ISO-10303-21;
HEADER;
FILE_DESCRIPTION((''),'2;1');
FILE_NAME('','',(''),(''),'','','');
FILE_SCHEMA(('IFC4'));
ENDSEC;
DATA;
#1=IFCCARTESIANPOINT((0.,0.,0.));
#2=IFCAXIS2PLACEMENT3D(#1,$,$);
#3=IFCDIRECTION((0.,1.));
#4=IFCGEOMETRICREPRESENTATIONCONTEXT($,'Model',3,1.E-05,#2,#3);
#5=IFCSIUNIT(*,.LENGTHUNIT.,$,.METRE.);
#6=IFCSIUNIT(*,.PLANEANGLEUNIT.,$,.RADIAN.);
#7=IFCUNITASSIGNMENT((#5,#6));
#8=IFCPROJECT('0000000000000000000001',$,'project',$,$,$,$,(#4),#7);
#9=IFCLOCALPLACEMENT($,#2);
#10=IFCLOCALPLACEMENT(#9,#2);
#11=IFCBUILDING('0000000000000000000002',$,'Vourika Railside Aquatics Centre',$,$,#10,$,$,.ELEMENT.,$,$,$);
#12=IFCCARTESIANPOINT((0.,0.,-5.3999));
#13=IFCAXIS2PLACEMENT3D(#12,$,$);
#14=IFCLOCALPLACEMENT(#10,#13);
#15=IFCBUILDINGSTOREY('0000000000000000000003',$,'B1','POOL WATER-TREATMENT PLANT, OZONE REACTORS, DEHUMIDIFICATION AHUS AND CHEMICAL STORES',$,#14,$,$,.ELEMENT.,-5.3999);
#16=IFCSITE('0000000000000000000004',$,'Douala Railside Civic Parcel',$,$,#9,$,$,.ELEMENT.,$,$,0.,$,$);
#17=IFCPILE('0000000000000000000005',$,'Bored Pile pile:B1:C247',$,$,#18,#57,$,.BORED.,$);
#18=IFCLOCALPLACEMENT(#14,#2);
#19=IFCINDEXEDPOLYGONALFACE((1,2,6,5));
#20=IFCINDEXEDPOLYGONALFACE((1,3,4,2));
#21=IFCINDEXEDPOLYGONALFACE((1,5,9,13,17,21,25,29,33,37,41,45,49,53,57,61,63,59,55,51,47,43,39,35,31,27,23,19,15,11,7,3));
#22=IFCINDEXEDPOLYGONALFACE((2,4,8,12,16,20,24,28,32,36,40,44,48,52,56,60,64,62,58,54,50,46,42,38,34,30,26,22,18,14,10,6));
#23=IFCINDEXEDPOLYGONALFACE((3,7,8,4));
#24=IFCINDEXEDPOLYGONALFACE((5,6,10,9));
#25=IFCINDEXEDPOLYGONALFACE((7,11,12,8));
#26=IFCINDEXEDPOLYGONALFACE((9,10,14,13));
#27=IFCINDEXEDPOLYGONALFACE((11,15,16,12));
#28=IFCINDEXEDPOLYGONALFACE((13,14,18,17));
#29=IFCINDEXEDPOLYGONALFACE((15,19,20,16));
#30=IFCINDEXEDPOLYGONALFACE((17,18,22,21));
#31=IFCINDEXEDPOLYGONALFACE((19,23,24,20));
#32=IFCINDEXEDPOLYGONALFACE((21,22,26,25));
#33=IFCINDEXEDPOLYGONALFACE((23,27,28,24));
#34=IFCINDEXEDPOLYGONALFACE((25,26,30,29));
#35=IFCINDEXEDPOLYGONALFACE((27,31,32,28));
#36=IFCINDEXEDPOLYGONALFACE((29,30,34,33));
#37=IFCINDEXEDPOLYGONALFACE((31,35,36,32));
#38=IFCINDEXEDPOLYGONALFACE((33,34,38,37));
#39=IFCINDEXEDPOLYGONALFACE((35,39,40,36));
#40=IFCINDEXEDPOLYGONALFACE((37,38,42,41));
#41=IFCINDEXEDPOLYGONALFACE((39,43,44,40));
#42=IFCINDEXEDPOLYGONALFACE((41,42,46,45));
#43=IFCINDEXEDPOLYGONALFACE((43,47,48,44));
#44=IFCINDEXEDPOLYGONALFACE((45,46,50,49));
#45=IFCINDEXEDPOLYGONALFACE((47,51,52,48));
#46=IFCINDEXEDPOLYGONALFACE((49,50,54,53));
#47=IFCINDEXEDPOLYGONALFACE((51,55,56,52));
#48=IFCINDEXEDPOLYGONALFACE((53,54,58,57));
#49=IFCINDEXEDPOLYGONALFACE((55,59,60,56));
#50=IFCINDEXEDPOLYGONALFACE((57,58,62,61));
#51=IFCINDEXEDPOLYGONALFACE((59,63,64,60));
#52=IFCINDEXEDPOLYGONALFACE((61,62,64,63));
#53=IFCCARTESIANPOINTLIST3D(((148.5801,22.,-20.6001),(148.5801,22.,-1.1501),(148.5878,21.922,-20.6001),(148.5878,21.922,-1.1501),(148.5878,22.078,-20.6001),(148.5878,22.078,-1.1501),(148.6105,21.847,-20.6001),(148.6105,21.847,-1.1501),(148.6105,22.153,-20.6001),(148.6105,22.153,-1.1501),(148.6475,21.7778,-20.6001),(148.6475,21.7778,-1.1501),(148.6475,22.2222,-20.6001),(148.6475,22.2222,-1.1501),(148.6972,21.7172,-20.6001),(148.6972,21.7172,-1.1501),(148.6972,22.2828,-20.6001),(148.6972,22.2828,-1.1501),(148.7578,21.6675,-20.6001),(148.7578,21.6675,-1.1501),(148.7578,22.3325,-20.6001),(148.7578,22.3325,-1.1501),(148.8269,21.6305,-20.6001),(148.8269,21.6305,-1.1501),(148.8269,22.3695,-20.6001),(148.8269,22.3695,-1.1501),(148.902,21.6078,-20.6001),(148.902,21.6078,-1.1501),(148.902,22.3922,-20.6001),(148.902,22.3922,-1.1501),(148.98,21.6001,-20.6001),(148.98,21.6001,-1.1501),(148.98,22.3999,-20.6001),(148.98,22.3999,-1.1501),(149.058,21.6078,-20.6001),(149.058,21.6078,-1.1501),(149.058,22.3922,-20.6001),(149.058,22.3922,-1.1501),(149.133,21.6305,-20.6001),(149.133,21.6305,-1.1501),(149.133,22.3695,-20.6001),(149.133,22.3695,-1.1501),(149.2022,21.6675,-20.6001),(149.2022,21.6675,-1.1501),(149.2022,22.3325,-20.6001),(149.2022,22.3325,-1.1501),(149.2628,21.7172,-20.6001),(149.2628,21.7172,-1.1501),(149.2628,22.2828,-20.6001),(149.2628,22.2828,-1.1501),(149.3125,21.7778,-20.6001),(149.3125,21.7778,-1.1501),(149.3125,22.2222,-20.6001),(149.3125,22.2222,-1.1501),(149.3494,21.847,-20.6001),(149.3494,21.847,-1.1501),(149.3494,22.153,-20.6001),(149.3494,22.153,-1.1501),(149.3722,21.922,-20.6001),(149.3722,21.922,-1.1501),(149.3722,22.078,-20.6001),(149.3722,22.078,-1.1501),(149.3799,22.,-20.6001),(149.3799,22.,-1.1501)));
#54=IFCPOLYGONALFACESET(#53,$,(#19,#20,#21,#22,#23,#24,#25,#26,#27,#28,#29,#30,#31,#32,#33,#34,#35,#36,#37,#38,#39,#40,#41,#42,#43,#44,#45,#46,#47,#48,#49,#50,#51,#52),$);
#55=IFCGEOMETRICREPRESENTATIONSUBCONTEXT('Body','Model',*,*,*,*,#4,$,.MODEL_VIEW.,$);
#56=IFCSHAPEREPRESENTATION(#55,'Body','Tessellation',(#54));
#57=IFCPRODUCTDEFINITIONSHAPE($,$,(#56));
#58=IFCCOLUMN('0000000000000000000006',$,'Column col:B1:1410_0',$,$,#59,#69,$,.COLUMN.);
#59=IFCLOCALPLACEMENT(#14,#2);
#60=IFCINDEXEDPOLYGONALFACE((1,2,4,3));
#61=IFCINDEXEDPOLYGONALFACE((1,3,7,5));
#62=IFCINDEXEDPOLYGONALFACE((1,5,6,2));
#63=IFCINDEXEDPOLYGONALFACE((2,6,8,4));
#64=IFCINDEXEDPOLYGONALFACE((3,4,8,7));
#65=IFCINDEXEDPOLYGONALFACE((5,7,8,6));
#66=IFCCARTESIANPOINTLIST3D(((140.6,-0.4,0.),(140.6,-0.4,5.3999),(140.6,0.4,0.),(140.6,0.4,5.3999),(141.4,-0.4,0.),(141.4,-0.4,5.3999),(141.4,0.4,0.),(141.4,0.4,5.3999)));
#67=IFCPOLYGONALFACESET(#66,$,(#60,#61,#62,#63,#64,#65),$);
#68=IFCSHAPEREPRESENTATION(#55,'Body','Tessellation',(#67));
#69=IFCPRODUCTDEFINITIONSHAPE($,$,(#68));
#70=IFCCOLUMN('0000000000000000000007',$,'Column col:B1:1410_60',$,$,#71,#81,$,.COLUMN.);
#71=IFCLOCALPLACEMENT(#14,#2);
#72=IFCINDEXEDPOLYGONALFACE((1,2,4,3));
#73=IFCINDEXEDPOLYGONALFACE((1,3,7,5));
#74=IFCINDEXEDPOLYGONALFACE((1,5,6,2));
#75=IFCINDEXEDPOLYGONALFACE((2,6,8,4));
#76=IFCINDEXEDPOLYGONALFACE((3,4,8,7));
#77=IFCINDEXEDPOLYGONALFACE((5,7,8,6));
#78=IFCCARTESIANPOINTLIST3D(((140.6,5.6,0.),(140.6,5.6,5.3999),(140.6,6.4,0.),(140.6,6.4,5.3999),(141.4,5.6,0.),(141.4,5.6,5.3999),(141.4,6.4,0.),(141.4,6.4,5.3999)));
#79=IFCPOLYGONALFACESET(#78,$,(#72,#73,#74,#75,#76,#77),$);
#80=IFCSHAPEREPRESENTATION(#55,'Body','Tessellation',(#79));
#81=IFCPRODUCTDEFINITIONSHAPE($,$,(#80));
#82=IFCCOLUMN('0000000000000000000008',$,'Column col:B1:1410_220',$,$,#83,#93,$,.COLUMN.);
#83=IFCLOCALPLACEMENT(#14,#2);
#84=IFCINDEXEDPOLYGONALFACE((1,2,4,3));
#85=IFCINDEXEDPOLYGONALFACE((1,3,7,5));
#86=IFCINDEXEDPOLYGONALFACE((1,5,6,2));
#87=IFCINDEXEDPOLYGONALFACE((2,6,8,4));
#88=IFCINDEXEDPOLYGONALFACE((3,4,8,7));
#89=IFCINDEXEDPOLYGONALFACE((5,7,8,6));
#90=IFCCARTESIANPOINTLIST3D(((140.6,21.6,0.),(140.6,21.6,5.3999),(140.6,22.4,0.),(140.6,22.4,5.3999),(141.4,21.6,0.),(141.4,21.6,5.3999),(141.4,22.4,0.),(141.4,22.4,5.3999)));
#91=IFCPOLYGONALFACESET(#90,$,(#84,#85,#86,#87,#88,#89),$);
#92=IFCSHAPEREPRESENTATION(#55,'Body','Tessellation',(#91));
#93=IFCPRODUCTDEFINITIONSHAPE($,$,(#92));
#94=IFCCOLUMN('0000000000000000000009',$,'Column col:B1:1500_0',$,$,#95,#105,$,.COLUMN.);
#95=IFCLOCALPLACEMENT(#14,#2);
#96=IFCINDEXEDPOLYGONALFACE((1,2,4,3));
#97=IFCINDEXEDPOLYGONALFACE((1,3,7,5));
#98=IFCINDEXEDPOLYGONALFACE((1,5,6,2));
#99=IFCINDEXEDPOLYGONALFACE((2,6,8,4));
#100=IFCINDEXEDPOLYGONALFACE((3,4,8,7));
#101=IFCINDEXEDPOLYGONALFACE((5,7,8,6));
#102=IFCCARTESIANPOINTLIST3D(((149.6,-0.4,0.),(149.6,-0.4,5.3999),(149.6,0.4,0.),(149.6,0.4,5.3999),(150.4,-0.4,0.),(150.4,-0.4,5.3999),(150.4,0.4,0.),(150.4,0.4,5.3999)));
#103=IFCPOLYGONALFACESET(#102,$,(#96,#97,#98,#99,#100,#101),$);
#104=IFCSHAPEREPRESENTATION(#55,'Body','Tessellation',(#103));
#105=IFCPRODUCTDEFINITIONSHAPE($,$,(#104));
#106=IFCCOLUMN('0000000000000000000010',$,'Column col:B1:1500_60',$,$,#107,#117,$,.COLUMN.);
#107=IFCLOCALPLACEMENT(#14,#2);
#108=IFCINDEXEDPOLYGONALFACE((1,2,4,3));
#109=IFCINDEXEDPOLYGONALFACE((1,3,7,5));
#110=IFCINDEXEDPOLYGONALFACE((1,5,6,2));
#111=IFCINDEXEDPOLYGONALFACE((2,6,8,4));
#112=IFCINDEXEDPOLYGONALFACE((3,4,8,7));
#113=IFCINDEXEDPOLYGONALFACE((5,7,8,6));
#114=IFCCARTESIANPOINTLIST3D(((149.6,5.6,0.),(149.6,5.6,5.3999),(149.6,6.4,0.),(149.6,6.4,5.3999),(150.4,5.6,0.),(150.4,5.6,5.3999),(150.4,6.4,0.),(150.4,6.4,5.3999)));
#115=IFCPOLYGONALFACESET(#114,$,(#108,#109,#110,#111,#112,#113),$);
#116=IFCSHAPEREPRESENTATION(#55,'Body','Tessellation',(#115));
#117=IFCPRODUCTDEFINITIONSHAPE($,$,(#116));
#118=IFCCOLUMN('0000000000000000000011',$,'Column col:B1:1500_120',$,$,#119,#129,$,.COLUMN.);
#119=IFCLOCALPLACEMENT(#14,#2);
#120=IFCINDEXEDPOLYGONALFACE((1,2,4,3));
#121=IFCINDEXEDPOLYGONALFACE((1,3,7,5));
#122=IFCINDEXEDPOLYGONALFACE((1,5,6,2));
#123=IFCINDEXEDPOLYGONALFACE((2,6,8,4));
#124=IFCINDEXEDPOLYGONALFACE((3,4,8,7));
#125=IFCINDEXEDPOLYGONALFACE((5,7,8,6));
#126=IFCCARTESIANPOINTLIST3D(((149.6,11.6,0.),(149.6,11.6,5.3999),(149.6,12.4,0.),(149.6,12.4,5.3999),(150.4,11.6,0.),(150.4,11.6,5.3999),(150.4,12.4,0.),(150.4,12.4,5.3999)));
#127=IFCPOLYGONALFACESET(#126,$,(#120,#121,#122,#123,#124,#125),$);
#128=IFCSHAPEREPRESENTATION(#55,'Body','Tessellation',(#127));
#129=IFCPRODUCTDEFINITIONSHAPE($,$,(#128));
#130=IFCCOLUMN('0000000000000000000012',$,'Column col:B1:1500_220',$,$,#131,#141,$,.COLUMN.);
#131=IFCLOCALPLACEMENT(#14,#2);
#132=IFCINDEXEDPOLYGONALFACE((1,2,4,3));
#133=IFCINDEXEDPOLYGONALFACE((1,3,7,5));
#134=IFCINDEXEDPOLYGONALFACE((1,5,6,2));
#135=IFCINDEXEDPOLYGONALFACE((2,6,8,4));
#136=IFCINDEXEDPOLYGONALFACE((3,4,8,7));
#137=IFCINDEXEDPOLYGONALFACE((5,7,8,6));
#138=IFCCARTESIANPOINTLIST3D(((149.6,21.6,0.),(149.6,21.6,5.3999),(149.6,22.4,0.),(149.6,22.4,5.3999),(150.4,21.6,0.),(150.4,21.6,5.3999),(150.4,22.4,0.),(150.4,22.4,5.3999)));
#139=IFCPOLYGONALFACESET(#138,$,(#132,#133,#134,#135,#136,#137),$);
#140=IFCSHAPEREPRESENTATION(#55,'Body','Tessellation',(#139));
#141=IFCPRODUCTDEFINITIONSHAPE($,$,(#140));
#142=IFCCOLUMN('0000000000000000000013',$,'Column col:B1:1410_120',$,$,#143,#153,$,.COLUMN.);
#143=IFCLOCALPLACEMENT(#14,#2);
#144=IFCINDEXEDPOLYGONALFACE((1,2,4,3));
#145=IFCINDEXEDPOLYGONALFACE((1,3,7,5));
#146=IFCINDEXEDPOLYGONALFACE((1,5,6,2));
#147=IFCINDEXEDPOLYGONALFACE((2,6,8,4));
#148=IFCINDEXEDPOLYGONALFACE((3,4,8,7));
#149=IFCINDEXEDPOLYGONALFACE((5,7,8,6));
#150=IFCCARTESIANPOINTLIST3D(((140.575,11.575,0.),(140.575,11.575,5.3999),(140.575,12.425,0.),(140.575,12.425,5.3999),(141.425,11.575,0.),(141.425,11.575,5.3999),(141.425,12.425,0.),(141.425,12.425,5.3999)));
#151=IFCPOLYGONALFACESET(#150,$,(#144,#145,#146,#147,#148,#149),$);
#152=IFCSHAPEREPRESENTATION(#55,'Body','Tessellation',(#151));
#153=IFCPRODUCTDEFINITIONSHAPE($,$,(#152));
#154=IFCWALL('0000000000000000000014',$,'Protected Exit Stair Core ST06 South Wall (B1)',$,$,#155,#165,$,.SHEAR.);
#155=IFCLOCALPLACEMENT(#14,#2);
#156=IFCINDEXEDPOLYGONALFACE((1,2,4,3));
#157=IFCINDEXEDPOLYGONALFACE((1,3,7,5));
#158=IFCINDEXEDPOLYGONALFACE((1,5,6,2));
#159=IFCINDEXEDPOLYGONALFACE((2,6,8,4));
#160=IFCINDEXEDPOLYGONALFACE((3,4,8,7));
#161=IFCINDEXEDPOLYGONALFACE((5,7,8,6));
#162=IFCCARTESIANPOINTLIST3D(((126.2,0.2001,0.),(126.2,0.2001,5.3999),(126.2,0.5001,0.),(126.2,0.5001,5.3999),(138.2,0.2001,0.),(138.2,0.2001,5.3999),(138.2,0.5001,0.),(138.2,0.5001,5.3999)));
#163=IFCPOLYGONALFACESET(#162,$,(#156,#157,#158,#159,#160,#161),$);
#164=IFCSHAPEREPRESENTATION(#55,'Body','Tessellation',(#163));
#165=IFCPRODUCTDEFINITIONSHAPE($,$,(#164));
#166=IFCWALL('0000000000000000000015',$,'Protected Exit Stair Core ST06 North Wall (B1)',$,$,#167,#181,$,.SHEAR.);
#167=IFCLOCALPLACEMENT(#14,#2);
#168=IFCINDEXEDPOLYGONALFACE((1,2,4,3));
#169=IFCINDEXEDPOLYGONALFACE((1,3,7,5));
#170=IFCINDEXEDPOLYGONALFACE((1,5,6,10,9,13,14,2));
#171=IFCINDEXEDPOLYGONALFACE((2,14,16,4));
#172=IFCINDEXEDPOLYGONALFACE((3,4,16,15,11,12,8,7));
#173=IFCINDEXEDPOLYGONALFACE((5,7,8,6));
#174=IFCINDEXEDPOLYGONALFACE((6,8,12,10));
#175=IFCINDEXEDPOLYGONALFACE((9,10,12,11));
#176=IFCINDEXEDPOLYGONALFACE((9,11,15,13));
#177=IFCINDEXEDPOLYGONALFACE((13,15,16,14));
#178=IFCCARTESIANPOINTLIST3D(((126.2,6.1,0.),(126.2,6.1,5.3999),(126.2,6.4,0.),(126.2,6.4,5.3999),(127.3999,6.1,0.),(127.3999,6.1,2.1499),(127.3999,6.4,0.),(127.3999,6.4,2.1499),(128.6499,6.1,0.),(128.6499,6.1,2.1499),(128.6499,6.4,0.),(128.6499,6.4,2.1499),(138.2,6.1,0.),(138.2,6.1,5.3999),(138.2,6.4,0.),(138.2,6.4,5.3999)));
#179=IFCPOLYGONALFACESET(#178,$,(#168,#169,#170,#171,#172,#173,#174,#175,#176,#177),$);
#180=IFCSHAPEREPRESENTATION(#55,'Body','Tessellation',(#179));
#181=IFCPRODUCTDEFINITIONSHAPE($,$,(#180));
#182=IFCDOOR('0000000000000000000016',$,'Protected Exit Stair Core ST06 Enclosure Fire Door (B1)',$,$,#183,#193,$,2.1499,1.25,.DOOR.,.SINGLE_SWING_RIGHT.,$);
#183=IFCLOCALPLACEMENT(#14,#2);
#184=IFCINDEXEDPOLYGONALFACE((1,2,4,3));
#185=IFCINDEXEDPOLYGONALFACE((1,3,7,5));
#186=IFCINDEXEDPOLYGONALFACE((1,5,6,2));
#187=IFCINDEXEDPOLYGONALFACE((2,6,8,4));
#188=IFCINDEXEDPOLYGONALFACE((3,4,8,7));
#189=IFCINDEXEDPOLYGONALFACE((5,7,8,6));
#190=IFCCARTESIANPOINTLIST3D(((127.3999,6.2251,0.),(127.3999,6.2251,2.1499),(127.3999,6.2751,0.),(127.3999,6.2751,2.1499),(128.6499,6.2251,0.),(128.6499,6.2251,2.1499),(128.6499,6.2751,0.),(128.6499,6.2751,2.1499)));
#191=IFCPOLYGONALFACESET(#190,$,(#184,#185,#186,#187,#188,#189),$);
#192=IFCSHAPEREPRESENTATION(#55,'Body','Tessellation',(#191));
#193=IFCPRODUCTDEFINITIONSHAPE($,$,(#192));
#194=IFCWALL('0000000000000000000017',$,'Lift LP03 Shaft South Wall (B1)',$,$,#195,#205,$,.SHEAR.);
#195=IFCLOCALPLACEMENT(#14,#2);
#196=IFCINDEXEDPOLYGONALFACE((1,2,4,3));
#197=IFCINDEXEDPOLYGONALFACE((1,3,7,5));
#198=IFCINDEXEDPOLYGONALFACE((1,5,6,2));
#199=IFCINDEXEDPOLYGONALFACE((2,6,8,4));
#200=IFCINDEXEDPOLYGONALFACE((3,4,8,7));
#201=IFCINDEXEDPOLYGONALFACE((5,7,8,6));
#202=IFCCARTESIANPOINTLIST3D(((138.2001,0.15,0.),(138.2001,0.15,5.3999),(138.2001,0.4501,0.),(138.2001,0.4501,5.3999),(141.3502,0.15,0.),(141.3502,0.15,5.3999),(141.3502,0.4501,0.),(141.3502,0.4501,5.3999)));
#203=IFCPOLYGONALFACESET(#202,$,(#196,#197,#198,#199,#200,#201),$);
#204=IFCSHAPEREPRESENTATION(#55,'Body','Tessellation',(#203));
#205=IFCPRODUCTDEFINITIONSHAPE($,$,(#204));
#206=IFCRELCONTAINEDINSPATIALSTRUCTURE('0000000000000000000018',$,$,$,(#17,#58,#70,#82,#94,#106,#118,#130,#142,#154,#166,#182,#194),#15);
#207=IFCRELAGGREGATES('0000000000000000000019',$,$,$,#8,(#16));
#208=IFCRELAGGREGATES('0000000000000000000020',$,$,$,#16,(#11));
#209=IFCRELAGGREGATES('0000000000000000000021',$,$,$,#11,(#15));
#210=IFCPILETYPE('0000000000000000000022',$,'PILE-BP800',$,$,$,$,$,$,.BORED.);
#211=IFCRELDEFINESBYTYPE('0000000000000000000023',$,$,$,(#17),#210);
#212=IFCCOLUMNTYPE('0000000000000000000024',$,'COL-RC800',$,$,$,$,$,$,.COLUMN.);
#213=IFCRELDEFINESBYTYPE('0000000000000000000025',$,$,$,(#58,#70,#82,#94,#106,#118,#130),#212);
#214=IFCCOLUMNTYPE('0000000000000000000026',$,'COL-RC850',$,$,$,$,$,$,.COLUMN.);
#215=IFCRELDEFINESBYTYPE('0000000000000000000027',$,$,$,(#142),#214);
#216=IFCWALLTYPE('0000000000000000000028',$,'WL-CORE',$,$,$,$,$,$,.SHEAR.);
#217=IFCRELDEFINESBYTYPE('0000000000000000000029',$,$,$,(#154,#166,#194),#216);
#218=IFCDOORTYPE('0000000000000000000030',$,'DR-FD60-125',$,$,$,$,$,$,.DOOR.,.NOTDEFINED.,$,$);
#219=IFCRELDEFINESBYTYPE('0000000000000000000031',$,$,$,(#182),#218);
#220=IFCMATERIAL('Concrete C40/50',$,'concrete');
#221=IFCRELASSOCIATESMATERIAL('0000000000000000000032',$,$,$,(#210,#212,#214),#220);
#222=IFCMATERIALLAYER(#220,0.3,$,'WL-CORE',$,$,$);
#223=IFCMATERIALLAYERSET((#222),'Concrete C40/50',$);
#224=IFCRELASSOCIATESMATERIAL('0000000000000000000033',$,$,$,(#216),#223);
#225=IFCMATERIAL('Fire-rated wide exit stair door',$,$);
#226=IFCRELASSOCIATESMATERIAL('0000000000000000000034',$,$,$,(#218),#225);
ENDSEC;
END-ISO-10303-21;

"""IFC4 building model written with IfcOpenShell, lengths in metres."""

from ifc_helpers import new_model, si_unit, direction, frame, frame_2d, origin, origin_2d, place, context, subcontext, project, spatial, rectangle, circle, extrude, material, layer, layer_set, material_profile, profile_set, type_object, element, fill, save


model = new_model("IFC4")

# Units and contexts
model_context = context("Model", 3, precision=1e-05, world=origin(), true_north=direction((0.0, 1.0)))
body_context = subcontext(model_context, "Body", "Model", "MODEL_VIEW")
ifc_project = project(units=[si_unit("LENGTHUNIT", "METRE"), si_unit("PLANEANGLEUNIT", "RADIAN")], contexts=[model_context])

# Site, building, storey
site_placement = place(None, origin())
site = spatial("IfcSite", under=ifc_project, at=site_placement, Name="Douala Railside Civic Parcel", CompositionType="ELEMENT", RefElevation=0.0)
building_placement = place(site_placement, origin())
building = spatial("IfcBuilding", under=site, at=building_placement, Name="Vourika Railside Aquatics Centre", CompositionType="ELEMENT")
storey_placement = place(building_placement, frame((0.0, 0.0, -5.3999)))
storey = spatial("IfcBuildingStorey", under=building, at=storey_placement, Name="B1", Description="POOL WATER-TREATMENT PLANT, OZONE REACTORS, DEHUMIDIFICATION AHUS AND CHEMICAL STORES", CompositionType="ELEMENT", Elevation=-5.3999)

# Shared definitions
ifc_material_1 = material(Name="Concrete C40/50", Category="concrete")

# Pile
ifc_material_profile_1 = material_profile(ifc_material_1, circle(Radius=0.3999, at=origin_2d()), Name="BP 800")
ifc_profile_set_1 = profile_set([ifc_material_profile_1], Name="Concrete C40/50")
pile_type = type_object("IfcPileType", Name="PILE-BP800", PredefinedType="BORED", material=ifc_profile_set_1)
for number, where, z_axis, x_axis, name in (
    (1, (148.98, 22.0, -1.1501), (0.0, 0.0, -1.0), (1.0, 0.0, 0.0), "Bored Pile pile:B1:C247"),
):
    element("IfcPile", number, at=place(storey_placement, frame(where, z_axis=z_axis, x_axis=x_axis)), inside=storey, type_object=pile_type, Name=name, PredefinedType="BORED", context=body_context, shape_type="SweptSolid", body=[
        extrude(circle(Radius=0.3999, at=origin_2d()), origin(), (0.0, 0.0, 1.0), 19.45),
    ])

# Columns
ifc_material_profile_2 = material_profile(ifc_material_1, rectangle(XDim=0.8, YDim=0.8, at=origin_2d()), Name="RC 800x800")
ifc_profile_set_2 = profile_set([ifc_material_profile_2], Name="Concrete C40/50")
column_type_1 = type_object("IfcColumnType", Name="COL-RC800", PredefinedType="COLUMN", material=ifc_profile_set_2)
for number, where, z_axis, x_axis, name in (
    (2, (141.0, 0.0, 0.0), (0.0, 0.0, 1.0), (1.0, 0.0, 0.0), "Column col:B1:1410_0"),
    (3, (141.0, 6.0, 0.0), (0.0, 0.0, 1.0), (1.0, 0.0, 0.0), "Column col:B1:1410_60"),
    (4, (141.0, 22.0, 0.0), (0.0, 0.0, 1.0), (1.0, 0.0, 0.0), "Column col:B1:1410_220"),
    (5, (150.0, 0.0, 0.0), (0.0, 0.0, 1.0), (1.0, 0.0, 0.0), "Column col:B1:1500_0"),
    (6, (150.0, 6.0, 0.0), (0.0, 0.0, 1.0), (1.0, 0.0, 0.0), "Column col:B1:1500_60"),
    (7, (150.0, 12.0, 0.0), (0.0, 0.0, 1.0), (1.0, 0.0, 0.0), "Column col:B1:1500_120"),
    (8, (150.0, 22.0, 0.0), (0.0, 0.0, 1.0), (1.0, 0.0, 0.0), "Column col:B1:1500_220"),
):
    element("IfcColumn", number, at=place(storey_placement, frame(where, z_axis=z_axis, x_axis=x_axis)), inside=storey, type_object=column_type_1, Name=name, PredefinedType="COLUMN", context=body_context, shape_type="SweptSolid", body=[
        extrude(rectangle(XDim=0.8, YDim=0.8, at=origin_2d()), origin(), (0.0, 0.0, 1.0), 5.3999),
    ])
ifc_material_profile_3 = material_profile(ifc_material_1, rectangle(XDim=0.8501, YDim=0.8501, at=origin_2d()), Name="RC 850x850")
ifc_profile_set_3 = profile_set([ifc_material_profile_3], Name="Concrete C40/50")
column_type_2 = type_object("IfcColumnType", Name="COL-RC850", PredefinedType="COLUMN", material=ifc_profile_set_3)
column_placement = place(storey_placement, frame((141.0, 12.0, 0.0), z_axis=(0.0, 0.0, 1.0), x_axis=(1.0, 0.0, 0.0)))
element("IfcColumn", 9, at=column_placement, inside=storey, type_object=column_type_2, Name="Column col:B1:1410_120", PredefinedType="COLUMN", context=body_context, shape_type="SweptSolid", body=[
    extrude(rectangle(XDim=0.8501, YDim=0.8501, at=origin_2d()), origin(), (0.0, 0.0, 1.0), 5.3999),
])

# Wall
ifc_layer_1 = layer(ifc_material_1, 0.3, Name="WL-CORE")
ifc_layer_set_1 = layer_set([ifc_layer_1], Name="Concrete C40/50")
wall_type_1 = type_object("IfcWallType", Name="WL-CORE", PredefinedType="SHEAR", material=ifc_layer_set_1)
wall_1_placement = place(storey_placement, frame((138.2, 0.3501, 0.0), z_axis=(0.0, 0.0, 1.0), x_axis=(-1.0, 0.0, 0.0)))
element("IfcWall", 10, at=wall_1_placement, inside=storey, type_object=wall_type_1, Name="Protected Exit Stair Core ST06 South Wall (B1)", PredefinedType="SHEAR", context=body_context, shape_type="SweptSolid", body=[
    extrude(rectangle(XDim=12.0, YDim=0.3, at=frame_2d((6.0, 0.0))), origin(), (0.0, 0.0, 1.0), 5.3999),
])

# Wall, opening, door
wall_2_placement = place(storey_placement, frame((138.2, 6.25, 0.0), z_axis=(0.0, 0.0, 1.0), x_axis=(-1.0, 0.0, 0.0)))
wall_2 = element("IfcWall", 11, at=wall_2_placement, inside=storey, type_object=wall_type_1, Name="Protected Exit Stair Core ST06 North Wall (B1)", PredefinedType="SHEAR", context=body_context, shape_type="SweptSolid", body=[
    extrude(rectangle(XDim=12.0, YDim=0.3, at=frame_2d((6.0, 0.0))), origin(), (0.0, 0.0, 1.0), 5.3999),
])
opening_1_placement = place(wall_2_placement, frame((9.55, 0.0, 0.0)))
opening_1 = element("IfcOpeningElement", 12, at=opening_1_placement, cuts=wall_2, PredefinedType="OPENING", context=body_context, shape_type="SweptSolid", body=[
    extrude(rectangle(XDim=1.25, YDim=2.1499, at=frame_2d((0.625, 1.075))), frame((0.0, 0.1602, 0.0), z_axis=(0.0, -1.0, 0.0), x_axis=(1.0, 0.0, 0.0)), (0.0, 0.0, 1.0), 0.3201),
])
ifc_material_2 = material(Name="Fire-rated wide exit stair door")
door_type_1 = type_object("IfcDoorType", Name="DR-FD60-125", OperationType="NOTDEFINED", PredefinedType="DOOR", material=ifc_material_2)
door_1_placement = place(opening_1_placement, origin())
door_1 = element("IfcDoor", 13, at=door_1_placement, inside=storey, type_object=door_type_1, Name="Protected Exit Stair Core ST06 Enclosure Fire Door (B1)", OperationType="SINGLE_SWING_RIGHT", OverallHeight=2.1499, OverallWidth=1.25, PredefinedType="DOOR", context=body_context, shape_type="SweptSolid", body=[
    extrude(rectangle(XDim=1.25, YDim=2.1499, at=frame_2d((0.625, 1.075))), frame((0.0, 0.0249, 0.0), z_axis=(0.0, -1.0, 0.0), x_axis=(1.0, 0.0, 0.0)), (0.0, 0.0, 1.0), 0.05),
])
fill(opening_1, door_1)

# Wall
wall_3_placement = place(storey_placement, frame((138.2, 0.3, 0.0), z_axis=(0.0, 0.0, 1.0), x_axis=(1.0, 0.0, 0.0)))
element("IfcWall", 14, at=wall_3_placement, inside=storey, type_object=wall_type_1, Name="Lift LP03 Shaft South Wall (B1)", PredefinedType="SHEAR", context=body_context, shape_type="SweptSolid", body=[
    extrude(rectangle(XDim=3.1501, YDim=0.3, at=frame_2d((1.5752, 0.0))), origin(), (0.0, 0.0, 1.0), 5.3999),
])

save(model, "model.ifc")
